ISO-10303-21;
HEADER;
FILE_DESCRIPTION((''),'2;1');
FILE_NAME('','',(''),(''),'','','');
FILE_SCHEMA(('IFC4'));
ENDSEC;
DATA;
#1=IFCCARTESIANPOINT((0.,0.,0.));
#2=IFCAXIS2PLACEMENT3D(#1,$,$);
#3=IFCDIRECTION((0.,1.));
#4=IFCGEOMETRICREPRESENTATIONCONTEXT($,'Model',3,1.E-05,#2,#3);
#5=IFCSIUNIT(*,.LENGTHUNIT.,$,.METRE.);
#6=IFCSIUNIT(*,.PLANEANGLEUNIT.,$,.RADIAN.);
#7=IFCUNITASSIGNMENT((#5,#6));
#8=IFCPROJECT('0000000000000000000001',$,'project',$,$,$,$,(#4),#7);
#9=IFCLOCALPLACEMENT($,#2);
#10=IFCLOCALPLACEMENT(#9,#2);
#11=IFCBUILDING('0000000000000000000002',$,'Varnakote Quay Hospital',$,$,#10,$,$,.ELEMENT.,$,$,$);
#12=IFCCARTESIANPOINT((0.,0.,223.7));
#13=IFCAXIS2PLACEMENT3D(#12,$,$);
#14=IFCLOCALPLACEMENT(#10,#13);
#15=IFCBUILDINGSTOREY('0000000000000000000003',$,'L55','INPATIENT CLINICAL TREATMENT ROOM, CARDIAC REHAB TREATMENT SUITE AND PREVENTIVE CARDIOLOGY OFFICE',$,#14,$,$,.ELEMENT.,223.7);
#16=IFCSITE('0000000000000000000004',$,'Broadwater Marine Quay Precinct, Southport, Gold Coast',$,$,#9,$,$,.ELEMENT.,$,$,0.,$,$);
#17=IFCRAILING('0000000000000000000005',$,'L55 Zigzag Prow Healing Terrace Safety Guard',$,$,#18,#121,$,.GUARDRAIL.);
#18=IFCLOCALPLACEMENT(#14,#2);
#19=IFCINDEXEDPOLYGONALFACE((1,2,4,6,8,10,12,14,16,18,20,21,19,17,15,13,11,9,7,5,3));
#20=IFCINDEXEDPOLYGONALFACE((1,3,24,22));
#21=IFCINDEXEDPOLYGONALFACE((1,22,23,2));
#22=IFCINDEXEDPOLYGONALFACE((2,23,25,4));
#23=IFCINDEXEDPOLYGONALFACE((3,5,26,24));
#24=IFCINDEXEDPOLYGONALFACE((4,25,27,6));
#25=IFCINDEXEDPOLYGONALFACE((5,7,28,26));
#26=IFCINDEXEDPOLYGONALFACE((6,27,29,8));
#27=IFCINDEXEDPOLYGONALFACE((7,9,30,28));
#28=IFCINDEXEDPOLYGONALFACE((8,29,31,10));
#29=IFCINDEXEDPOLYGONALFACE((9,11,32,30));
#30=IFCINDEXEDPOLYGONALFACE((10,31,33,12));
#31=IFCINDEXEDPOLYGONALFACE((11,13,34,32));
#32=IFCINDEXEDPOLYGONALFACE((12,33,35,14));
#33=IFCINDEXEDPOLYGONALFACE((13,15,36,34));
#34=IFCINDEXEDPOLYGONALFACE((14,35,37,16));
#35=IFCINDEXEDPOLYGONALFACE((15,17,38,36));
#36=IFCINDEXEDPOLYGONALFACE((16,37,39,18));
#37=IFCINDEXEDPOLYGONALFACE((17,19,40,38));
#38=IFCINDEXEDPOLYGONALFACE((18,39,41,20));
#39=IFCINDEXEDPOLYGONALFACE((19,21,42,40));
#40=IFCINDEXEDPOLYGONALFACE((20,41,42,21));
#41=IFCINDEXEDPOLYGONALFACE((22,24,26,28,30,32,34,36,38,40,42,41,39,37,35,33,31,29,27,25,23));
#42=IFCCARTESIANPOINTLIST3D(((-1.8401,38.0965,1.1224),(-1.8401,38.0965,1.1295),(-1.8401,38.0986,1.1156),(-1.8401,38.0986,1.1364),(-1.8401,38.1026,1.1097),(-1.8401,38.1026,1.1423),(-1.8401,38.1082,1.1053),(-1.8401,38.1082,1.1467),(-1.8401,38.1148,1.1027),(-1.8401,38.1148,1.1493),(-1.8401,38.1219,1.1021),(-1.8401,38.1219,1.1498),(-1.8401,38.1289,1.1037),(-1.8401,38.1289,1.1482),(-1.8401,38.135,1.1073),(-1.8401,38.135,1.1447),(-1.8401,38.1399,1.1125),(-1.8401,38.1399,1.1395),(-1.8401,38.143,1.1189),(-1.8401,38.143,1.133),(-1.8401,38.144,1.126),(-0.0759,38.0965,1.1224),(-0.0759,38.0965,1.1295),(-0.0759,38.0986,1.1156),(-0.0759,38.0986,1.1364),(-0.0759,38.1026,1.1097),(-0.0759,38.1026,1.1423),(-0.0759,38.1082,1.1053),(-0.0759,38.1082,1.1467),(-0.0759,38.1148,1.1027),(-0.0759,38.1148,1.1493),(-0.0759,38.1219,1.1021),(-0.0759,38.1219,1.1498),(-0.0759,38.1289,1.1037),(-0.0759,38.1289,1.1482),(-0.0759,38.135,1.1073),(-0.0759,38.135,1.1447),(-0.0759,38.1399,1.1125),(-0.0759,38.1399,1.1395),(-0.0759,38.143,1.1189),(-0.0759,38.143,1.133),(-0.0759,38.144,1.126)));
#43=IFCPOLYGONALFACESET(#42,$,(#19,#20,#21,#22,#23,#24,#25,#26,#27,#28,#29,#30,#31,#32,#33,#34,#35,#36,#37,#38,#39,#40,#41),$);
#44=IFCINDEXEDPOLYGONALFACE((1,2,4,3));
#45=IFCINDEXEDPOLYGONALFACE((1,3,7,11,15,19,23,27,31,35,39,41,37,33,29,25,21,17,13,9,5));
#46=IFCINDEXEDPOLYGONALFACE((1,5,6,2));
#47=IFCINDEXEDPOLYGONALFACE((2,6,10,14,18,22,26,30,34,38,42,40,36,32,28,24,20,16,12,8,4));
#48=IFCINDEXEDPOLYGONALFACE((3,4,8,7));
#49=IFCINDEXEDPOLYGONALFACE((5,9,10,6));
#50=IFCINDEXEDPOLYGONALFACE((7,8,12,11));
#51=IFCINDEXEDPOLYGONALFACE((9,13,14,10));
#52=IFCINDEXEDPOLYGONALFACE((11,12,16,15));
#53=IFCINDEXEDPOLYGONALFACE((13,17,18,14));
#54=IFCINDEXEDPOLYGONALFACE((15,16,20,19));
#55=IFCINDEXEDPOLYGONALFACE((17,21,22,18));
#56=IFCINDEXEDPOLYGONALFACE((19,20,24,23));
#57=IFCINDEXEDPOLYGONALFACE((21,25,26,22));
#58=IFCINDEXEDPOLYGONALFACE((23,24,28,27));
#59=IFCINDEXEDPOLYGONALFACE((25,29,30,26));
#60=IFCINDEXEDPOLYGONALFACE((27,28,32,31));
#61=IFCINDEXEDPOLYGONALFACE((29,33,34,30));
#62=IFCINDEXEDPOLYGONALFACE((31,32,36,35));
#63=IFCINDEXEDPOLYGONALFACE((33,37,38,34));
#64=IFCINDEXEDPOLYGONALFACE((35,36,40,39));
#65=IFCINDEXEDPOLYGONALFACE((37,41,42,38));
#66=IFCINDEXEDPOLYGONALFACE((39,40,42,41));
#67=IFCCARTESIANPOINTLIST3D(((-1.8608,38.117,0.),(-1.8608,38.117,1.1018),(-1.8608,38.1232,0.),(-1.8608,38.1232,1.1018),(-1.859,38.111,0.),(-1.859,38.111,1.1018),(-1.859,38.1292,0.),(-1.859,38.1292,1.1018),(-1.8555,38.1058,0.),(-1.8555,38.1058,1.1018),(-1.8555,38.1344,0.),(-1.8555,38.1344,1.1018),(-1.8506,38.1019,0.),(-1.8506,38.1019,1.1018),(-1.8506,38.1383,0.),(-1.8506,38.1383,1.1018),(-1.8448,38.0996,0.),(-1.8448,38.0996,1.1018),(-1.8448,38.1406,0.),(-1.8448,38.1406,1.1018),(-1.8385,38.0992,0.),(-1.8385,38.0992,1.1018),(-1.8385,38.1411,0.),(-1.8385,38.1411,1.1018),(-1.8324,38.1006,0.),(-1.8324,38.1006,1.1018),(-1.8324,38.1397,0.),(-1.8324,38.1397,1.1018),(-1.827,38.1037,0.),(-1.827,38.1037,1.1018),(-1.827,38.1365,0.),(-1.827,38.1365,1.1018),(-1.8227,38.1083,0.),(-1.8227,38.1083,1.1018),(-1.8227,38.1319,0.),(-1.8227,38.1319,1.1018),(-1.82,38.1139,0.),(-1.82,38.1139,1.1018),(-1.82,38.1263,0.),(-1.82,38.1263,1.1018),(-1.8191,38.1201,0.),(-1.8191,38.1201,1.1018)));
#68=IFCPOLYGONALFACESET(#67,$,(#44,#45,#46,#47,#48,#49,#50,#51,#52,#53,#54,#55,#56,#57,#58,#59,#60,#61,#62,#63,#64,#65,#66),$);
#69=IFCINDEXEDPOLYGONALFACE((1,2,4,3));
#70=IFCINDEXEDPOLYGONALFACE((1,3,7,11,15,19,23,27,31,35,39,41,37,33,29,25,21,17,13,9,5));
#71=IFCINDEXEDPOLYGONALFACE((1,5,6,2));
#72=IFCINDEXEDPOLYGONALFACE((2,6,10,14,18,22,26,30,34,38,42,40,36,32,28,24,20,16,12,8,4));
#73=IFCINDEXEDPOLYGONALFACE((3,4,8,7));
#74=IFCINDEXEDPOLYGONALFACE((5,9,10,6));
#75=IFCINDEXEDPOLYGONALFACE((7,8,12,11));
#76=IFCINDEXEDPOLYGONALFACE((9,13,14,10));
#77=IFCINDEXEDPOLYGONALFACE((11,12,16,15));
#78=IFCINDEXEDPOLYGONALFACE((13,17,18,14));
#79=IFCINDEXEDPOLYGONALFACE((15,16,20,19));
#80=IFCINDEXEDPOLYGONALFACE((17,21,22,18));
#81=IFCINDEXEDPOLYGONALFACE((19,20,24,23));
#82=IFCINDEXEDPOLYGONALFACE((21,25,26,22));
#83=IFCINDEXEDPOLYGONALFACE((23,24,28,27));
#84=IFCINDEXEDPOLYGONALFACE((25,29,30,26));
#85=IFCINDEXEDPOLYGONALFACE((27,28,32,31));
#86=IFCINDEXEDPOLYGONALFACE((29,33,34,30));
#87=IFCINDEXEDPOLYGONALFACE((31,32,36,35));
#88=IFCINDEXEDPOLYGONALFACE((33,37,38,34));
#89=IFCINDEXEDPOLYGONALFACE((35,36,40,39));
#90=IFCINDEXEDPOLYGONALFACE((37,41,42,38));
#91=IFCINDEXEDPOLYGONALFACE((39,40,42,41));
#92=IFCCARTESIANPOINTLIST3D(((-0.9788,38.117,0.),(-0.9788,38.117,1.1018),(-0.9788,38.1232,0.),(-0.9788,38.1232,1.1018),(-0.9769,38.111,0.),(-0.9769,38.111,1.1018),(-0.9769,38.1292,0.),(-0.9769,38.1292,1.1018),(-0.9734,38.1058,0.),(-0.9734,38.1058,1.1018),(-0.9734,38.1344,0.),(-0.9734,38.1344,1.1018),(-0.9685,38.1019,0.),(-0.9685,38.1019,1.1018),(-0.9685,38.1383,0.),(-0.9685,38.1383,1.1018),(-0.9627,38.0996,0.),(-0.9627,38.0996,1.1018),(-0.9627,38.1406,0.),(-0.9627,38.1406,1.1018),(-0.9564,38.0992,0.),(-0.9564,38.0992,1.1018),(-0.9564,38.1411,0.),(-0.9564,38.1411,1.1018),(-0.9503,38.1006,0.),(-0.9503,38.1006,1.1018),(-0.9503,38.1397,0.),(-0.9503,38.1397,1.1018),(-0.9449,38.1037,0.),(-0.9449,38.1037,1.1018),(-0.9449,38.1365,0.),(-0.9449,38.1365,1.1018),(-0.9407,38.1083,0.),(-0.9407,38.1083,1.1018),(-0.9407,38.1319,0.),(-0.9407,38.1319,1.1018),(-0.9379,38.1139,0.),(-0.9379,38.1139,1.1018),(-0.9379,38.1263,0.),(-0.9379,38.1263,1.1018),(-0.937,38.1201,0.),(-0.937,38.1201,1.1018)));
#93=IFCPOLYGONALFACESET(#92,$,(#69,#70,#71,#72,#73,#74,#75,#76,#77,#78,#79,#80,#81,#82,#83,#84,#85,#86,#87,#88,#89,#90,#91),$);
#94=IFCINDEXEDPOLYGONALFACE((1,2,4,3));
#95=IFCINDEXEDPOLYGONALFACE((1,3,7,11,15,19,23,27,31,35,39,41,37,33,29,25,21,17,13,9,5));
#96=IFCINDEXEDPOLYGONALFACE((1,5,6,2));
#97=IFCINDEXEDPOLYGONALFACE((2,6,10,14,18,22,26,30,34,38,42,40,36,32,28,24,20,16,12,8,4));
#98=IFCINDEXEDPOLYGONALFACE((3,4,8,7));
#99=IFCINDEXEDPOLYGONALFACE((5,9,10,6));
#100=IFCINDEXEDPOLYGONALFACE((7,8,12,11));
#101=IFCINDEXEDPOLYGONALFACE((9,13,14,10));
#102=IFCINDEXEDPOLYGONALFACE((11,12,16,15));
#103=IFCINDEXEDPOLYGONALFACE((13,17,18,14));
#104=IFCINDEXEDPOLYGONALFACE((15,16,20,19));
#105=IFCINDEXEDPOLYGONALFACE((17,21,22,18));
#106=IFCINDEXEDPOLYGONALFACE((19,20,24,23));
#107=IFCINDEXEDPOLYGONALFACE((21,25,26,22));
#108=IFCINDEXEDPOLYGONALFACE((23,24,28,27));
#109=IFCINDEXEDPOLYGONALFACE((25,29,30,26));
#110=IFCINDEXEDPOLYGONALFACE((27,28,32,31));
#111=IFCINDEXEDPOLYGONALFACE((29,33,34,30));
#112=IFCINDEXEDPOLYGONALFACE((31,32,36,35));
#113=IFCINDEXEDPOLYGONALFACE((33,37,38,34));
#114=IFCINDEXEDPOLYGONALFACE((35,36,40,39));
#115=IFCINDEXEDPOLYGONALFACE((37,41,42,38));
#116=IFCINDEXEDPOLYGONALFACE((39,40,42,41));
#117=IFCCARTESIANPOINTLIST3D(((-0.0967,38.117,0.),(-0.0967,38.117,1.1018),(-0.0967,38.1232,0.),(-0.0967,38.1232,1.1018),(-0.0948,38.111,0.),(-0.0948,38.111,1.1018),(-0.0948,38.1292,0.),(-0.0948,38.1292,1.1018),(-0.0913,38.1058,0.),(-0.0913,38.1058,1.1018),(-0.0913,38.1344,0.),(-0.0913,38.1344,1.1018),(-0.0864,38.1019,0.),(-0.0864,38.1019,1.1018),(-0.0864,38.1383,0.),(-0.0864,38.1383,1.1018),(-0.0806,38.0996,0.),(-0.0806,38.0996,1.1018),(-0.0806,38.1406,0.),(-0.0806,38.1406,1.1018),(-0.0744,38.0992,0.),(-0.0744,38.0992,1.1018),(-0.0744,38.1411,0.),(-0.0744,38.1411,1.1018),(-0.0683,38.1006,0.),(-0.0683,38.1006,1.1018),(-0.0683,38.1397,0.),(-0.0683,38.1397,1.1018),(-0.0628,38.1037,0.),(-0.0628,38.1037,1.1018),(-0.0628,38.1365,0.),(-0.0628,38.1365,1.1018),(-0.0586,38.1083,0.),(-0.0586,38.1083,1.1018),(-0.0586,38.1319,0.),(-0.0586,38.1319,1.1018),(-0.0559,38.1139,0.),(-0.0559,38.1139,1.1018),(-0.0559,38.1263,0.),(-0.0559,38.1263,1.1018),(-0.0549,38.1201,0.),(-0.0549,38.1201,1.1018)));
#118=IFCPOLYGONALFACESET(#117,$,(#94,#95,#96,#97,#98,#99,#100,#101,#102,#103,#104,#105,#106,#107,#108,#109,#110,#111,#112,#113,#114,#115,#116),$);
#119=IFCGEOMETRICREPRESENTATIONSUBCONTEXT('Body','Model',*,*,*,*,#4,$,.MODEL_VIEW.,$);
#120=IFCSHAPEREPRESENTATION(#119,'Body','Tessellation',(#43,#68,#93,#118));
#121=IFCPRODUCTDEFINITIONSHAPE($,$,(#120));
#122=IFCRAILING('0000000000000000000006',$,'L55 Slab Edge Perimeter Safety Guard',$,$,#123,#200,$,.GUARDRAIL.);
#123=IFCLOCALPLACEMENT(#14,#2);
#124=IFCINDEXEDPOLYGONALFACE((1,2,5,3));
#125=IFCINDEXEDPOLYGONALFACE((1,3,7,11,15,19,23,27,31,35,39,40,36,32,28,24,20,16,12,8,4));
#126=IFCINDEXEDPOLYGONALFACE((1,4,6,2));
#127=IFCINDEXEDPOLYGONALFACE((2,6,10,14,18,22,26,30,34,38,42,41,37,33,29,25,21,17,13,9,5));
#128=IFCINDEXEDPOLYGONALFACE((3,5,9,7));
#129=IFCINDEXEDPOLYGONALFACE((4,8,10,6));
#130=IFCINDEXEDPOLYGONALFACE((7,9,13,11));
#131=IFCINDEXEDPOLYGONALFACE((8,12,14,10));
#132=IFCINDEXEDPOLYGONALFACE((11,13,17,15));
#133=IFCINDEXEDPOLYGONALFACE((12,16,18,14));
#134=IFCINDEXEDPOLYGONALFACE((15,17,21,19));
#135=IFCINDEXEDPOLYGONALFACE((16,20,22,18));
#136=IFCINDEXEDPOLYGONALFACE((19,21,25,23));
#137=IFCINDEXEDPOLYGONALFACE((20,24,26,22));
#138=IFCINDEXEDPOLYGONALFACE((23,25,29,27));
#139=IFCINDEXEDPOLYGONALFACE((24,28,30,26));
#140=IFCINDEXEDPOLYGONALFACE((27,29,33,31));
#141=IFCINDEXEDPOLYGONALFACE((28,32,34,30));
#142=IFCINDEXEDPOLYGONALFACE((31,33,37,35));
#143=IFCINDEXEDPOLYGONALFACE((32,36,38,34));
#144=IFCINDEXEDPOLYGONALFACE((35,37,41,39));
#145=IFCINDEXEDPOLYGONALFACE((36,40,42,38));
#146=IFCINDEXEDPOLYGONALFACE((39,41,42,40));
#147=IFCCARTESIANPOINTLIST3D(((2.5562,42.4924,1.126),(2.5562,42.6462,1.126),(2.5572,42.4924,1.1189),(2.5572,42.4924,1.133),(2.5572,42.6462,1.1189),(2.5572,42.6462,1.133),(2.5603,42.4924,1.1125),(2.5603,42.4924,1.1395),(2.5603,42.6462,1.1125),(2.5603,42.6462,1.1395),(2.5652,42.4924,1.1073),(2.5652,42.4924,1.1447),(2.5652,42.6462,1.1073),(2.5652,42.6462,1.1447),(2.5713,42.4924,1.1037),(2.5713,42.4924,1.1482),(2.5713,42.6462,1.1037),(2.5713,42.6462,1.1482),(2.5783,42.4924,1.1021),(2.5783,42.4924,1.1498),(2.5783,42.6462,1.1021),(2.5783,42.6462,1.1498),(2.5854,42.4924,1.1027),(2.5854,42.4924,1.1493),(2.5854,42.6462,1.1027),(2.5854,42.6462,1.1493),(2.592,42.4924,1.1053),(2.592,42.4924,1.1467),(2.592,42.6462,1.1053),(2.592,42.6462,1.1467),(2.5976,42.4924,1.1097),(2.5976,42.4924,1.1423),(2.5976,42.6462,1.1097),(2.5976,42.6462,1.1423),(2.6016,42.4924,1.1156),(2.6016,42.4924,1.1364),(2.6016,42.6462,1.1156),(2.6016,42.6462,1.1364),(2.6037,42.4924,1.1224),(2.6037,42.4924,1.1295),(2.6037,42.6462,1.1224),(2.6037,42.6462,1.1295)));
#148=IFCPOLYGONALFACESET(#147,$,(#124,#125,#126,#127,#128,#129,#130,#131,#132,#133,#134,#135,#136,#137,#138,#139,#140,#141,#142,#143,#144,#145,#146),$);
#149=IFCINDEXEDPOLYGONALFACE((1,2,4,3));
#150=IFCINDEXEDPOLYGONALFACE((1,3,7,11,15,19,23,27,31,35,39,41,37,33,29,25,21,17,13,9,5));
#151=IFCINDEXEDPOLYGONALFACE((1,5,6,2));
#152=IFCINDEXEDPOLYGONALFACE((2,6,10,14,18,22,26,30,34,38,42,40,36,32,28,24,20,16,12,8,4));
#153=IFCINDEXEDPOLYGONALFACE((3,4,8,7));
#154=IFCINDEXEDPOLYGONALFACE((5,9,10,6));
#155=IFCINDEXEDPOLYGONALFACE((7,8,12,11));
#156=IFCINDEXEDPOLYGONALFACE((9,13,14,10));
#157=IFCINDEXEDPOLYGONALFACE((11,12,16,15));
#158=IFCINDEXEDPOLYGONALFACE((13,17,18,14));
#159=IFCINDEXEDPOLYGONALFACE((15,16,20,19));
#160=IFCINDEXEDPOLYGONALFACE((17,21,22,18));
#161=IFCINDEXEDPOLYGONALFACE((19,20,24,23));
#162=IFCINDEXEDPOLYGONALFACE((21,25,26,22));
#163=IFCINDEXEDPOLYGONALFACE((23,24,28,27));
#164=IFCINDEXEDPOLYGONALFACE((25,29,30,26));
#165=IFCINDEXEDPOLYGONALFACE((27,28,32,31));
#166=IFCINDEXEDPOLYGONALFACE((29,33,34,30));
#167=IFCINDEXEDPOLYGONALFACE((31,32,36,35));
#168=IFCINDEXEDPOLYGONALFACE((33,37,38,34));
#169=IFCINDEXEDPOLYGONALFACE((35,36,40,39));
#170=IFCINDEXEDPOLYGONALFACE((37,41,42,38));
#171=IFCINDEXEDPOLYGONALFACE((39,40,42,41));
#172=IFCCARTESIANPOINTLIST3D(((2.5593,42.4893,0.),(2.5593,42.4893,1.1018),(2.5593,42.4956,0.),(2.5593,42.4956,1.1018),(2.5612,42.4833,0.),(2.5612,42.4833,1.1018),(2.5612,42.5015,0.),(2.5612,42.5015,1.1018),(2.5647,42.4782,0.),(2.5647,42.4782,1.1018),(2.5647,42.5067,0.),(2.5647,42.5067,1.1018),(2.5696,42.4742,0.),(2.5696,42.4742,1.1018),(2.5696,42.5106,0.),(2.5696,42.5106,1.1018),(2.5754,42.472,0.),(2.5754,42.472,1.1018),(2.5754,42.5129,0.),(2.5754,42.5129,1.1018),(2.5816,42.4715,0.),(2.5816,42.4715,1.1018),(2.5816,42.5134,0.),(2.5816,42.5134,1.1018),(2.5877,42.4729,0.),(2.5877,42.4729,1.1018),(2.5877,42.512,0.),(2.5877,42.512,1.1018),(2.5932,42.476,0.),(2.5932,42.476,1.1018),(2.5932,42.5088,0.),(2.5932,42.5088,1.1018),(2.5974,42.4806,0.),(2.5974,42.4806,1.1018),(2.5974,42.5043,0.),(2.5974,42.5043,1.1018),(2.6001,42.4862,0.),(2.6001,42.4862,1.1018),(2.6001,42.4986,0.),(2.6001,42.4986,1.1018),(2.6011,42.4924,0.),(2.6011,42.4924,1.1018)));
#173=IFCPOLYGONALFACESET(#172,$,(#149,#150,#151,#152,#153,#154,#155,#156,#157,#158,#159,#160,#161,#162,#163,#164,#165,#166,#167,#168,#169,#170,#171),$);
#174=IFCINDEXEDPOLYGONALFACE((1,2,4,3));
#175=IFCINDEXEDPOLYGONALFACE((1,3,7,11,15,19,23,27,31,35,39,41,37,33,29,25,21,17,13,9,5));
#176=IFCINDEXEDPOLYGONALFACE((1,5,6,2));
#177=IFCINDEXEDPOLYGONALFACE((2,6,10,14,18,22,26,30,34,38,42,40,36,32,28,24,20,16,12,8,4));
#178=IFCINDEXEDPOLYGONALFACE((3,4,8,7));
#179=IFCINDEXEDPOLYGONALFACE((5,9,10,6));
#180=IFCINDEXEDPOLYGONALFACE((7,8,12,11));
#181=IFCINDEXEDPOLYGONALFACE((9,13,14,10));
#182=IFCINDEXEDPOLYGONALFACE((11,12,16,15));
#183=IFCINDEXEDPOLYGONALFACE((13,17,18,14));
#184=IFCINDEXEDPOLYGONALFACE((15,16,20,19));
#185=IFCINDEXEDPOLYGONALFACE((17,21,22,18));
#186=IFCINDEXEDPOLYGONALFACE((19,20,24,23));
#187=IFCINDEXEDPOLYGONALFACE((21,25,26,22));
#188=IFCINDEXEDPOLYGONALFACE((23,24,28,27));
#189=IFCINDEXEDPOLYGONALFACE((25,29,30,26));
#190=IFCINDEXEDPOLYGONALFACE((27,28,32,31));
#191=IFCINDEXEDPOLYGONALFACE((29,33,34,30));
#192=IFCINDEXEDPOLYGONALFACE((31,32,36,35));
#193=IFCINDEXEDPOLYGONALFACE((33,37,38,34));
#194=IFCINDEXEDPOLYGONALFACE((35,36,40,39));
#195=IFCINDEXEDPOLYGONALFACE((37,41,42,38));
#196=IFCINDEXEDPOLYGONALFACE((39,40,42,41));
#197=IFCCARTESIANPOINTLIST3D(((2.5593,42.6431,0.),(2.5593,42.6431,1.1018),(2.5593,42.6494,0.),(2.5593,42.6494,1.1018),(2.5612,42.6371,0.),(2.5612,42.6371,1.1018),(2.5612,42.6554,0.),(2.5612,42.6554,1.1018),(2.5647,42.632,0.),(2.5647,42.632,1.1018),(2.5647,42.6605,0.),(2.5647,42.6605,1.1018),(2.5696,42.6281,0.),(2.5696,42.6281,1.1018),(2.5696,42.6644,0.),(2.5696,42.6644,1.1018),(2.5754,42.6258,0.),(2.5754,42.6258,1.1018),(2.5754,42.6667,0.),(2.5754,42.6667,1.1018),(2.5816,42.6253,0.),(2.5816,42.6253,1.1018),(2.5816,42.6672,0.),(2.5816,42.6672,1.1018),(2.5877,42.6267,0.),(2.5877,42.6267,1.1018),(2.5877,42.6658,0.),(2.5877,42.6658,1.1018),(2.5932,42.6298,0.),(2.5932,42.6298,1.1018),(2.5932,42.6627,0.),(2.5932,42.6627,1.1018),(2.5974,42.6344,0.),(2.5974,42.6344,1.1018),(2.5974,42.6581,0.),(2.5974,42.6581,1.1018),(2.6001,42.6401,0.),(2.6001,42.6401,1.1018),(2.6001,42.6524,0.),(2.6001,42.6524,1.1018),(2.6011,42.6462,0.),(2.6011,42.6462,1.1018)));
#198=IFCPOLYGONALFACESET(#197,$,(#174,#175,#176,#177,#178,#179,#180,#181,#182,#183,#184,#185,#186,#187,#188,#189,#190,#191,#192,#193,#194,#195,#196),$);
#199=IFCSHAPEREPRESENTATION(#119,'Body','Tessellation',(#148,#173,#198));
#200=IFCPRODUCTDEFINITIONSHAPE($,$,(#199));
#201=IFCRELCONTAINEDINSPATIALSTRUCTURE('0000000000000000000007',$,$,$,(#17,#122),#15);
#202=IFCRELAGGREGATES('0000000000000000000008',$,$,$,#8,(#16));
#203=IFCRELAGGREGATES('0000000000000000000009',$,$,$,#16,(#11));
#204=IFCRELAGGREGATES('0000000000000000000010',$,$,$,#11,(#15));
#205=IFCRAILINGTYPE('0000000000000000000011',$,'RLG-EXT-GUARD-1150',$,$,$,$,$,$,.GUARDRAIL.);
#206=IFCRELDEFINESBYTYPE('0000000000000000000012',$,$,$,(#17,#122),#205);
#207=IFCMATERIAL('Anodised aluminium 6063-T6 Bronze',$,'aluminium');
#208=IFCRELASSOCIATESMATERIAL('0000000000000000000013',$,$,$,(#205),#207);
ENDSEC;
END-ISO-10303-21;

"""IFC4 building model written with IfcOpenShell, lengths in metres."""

from ifc_helpers import new_model, si_unit, direction, frame, origin, origin_2d, place, context, subcontext, project, spatial, circle, extrude, material, type_object, element, save


model = new_model("IFC4")

# Units and contexts
model_context = context("Model", 3, precision=1e-05, world=origin(), true_north=direction((0.0, 1.0)))
body_context = subcontext(model_context, "Body", "Model", "MODEL_VIEW")
ifc_project = project(units=[si_unit("LENGTHUNIT", "METRE"), si_unit("PLANEANGLEUNIT", "RADIAN")], contexts=[model_context])

# Site, building, storey
site_placement = place(None, origin())
site = spatial("IfcSite", under=ifc_project, at=site_placement, Name="Broadwater Marine Quay Precinct, Southport, Gold Coast", CompositionType="ELEMENT", RefElevation=0.0)
building_placement = place(site_placement, origin())
building = spatial("IfcBuilding", under=site, at=building_placement, Name="Varnakote Quay Hospital", CompositionType="ELEMENT")
storey_placement = place(building_placement, frame((0.0, 0.0, 223.7)))
storey = spatial("IfcBuildingStorey", under=building, at=storey_placement, Name="L55", Description="INPATIENT CLINICAL TREATMENT ROOM, CARDIAC REHAB TREATMENT SUITE AND PREVENTIVE CARDIOLOGY OFFICE", CompositionType="ELEMENT", Elevation=223.7)

# Railings
ifc_material_1 = material(Name="Anodised aluminium 6063-T6 Bronze", Category="aluminium")
railing_type = type_object("IfcRailingType", Name="RLG-EXT-GUARD-1150", PredefinedType="GUARDRAIL", material=ifc_material_1)
railing_1_placement = place(storey_placement, frame((-1.8401, 38.1201, 0.0)))
element("IfcRailing", 1, at=railing_1_placement, inside=storey, type_object=railing_type, Name="L55 Zigzag Prow Healing Terrace Safety Guard", PredefinedType="GUARDRAIL", context=body_context, shape_type="SweptSolid", body=[
    extrude(circle(Radius=0.0239, at=origin_2d()), frame((0.0, 0.0, 1.126), z_axis=(1.0, 0.0, 0.0), x_axis=(0.0, 1.0, 0.0)), (0.0, 0.0, 1.0), 1.7642),
    extrude(circle(Radius=0.021, at=origin_2d()), origin(), (0.0, 0.0, 1.0), 1.1018),
    extrude(circle(Radius=0.021, at=origin_2d()), frame((0.8821, 0.0, 0.0)), (0.0, 0.0, 1.0), 1.1018),
    extrude(circle(Radius=0.021, at=origin_2d()), frame((1.7642, 0.0, 0.0)), (0.0, 0.0, 1.0), 1.1018),
])
railing_2_placement = place(storey_placement, frame((2.5801, 42.4924, 0.0)))
element("IfcRailing", 2, at=railing_2_placement, inside=storey, type_object=railing_type, Name="L55 Slab Edge Perimeter Safety Guard", PredefinedType="GUARDRAIL", context=body_context, shape_type="SweptSolid", body=[
    extrude(circle(Radius=0.0239, at=origin_2d()), frame((0.0, 0.0, 1.126), z_axis=(0.0, 1.0, 0.0), x_axis=(-1.0, 0.0, 0.0)), (0.0, 0.0, 1.0), 0.1538),
    extrude(circle(Radius=0.021, at=origin_2d()), origin(), (0.0, 0.0, 1.0), 1.1018),
    extrude(circle(Radius=0.021, at=origin_2d()), frame((0.0, 0.1538, 0.0)), (0.0, 0.0, 1.0), 1.1018),
])

save(model, "model.ifc")
